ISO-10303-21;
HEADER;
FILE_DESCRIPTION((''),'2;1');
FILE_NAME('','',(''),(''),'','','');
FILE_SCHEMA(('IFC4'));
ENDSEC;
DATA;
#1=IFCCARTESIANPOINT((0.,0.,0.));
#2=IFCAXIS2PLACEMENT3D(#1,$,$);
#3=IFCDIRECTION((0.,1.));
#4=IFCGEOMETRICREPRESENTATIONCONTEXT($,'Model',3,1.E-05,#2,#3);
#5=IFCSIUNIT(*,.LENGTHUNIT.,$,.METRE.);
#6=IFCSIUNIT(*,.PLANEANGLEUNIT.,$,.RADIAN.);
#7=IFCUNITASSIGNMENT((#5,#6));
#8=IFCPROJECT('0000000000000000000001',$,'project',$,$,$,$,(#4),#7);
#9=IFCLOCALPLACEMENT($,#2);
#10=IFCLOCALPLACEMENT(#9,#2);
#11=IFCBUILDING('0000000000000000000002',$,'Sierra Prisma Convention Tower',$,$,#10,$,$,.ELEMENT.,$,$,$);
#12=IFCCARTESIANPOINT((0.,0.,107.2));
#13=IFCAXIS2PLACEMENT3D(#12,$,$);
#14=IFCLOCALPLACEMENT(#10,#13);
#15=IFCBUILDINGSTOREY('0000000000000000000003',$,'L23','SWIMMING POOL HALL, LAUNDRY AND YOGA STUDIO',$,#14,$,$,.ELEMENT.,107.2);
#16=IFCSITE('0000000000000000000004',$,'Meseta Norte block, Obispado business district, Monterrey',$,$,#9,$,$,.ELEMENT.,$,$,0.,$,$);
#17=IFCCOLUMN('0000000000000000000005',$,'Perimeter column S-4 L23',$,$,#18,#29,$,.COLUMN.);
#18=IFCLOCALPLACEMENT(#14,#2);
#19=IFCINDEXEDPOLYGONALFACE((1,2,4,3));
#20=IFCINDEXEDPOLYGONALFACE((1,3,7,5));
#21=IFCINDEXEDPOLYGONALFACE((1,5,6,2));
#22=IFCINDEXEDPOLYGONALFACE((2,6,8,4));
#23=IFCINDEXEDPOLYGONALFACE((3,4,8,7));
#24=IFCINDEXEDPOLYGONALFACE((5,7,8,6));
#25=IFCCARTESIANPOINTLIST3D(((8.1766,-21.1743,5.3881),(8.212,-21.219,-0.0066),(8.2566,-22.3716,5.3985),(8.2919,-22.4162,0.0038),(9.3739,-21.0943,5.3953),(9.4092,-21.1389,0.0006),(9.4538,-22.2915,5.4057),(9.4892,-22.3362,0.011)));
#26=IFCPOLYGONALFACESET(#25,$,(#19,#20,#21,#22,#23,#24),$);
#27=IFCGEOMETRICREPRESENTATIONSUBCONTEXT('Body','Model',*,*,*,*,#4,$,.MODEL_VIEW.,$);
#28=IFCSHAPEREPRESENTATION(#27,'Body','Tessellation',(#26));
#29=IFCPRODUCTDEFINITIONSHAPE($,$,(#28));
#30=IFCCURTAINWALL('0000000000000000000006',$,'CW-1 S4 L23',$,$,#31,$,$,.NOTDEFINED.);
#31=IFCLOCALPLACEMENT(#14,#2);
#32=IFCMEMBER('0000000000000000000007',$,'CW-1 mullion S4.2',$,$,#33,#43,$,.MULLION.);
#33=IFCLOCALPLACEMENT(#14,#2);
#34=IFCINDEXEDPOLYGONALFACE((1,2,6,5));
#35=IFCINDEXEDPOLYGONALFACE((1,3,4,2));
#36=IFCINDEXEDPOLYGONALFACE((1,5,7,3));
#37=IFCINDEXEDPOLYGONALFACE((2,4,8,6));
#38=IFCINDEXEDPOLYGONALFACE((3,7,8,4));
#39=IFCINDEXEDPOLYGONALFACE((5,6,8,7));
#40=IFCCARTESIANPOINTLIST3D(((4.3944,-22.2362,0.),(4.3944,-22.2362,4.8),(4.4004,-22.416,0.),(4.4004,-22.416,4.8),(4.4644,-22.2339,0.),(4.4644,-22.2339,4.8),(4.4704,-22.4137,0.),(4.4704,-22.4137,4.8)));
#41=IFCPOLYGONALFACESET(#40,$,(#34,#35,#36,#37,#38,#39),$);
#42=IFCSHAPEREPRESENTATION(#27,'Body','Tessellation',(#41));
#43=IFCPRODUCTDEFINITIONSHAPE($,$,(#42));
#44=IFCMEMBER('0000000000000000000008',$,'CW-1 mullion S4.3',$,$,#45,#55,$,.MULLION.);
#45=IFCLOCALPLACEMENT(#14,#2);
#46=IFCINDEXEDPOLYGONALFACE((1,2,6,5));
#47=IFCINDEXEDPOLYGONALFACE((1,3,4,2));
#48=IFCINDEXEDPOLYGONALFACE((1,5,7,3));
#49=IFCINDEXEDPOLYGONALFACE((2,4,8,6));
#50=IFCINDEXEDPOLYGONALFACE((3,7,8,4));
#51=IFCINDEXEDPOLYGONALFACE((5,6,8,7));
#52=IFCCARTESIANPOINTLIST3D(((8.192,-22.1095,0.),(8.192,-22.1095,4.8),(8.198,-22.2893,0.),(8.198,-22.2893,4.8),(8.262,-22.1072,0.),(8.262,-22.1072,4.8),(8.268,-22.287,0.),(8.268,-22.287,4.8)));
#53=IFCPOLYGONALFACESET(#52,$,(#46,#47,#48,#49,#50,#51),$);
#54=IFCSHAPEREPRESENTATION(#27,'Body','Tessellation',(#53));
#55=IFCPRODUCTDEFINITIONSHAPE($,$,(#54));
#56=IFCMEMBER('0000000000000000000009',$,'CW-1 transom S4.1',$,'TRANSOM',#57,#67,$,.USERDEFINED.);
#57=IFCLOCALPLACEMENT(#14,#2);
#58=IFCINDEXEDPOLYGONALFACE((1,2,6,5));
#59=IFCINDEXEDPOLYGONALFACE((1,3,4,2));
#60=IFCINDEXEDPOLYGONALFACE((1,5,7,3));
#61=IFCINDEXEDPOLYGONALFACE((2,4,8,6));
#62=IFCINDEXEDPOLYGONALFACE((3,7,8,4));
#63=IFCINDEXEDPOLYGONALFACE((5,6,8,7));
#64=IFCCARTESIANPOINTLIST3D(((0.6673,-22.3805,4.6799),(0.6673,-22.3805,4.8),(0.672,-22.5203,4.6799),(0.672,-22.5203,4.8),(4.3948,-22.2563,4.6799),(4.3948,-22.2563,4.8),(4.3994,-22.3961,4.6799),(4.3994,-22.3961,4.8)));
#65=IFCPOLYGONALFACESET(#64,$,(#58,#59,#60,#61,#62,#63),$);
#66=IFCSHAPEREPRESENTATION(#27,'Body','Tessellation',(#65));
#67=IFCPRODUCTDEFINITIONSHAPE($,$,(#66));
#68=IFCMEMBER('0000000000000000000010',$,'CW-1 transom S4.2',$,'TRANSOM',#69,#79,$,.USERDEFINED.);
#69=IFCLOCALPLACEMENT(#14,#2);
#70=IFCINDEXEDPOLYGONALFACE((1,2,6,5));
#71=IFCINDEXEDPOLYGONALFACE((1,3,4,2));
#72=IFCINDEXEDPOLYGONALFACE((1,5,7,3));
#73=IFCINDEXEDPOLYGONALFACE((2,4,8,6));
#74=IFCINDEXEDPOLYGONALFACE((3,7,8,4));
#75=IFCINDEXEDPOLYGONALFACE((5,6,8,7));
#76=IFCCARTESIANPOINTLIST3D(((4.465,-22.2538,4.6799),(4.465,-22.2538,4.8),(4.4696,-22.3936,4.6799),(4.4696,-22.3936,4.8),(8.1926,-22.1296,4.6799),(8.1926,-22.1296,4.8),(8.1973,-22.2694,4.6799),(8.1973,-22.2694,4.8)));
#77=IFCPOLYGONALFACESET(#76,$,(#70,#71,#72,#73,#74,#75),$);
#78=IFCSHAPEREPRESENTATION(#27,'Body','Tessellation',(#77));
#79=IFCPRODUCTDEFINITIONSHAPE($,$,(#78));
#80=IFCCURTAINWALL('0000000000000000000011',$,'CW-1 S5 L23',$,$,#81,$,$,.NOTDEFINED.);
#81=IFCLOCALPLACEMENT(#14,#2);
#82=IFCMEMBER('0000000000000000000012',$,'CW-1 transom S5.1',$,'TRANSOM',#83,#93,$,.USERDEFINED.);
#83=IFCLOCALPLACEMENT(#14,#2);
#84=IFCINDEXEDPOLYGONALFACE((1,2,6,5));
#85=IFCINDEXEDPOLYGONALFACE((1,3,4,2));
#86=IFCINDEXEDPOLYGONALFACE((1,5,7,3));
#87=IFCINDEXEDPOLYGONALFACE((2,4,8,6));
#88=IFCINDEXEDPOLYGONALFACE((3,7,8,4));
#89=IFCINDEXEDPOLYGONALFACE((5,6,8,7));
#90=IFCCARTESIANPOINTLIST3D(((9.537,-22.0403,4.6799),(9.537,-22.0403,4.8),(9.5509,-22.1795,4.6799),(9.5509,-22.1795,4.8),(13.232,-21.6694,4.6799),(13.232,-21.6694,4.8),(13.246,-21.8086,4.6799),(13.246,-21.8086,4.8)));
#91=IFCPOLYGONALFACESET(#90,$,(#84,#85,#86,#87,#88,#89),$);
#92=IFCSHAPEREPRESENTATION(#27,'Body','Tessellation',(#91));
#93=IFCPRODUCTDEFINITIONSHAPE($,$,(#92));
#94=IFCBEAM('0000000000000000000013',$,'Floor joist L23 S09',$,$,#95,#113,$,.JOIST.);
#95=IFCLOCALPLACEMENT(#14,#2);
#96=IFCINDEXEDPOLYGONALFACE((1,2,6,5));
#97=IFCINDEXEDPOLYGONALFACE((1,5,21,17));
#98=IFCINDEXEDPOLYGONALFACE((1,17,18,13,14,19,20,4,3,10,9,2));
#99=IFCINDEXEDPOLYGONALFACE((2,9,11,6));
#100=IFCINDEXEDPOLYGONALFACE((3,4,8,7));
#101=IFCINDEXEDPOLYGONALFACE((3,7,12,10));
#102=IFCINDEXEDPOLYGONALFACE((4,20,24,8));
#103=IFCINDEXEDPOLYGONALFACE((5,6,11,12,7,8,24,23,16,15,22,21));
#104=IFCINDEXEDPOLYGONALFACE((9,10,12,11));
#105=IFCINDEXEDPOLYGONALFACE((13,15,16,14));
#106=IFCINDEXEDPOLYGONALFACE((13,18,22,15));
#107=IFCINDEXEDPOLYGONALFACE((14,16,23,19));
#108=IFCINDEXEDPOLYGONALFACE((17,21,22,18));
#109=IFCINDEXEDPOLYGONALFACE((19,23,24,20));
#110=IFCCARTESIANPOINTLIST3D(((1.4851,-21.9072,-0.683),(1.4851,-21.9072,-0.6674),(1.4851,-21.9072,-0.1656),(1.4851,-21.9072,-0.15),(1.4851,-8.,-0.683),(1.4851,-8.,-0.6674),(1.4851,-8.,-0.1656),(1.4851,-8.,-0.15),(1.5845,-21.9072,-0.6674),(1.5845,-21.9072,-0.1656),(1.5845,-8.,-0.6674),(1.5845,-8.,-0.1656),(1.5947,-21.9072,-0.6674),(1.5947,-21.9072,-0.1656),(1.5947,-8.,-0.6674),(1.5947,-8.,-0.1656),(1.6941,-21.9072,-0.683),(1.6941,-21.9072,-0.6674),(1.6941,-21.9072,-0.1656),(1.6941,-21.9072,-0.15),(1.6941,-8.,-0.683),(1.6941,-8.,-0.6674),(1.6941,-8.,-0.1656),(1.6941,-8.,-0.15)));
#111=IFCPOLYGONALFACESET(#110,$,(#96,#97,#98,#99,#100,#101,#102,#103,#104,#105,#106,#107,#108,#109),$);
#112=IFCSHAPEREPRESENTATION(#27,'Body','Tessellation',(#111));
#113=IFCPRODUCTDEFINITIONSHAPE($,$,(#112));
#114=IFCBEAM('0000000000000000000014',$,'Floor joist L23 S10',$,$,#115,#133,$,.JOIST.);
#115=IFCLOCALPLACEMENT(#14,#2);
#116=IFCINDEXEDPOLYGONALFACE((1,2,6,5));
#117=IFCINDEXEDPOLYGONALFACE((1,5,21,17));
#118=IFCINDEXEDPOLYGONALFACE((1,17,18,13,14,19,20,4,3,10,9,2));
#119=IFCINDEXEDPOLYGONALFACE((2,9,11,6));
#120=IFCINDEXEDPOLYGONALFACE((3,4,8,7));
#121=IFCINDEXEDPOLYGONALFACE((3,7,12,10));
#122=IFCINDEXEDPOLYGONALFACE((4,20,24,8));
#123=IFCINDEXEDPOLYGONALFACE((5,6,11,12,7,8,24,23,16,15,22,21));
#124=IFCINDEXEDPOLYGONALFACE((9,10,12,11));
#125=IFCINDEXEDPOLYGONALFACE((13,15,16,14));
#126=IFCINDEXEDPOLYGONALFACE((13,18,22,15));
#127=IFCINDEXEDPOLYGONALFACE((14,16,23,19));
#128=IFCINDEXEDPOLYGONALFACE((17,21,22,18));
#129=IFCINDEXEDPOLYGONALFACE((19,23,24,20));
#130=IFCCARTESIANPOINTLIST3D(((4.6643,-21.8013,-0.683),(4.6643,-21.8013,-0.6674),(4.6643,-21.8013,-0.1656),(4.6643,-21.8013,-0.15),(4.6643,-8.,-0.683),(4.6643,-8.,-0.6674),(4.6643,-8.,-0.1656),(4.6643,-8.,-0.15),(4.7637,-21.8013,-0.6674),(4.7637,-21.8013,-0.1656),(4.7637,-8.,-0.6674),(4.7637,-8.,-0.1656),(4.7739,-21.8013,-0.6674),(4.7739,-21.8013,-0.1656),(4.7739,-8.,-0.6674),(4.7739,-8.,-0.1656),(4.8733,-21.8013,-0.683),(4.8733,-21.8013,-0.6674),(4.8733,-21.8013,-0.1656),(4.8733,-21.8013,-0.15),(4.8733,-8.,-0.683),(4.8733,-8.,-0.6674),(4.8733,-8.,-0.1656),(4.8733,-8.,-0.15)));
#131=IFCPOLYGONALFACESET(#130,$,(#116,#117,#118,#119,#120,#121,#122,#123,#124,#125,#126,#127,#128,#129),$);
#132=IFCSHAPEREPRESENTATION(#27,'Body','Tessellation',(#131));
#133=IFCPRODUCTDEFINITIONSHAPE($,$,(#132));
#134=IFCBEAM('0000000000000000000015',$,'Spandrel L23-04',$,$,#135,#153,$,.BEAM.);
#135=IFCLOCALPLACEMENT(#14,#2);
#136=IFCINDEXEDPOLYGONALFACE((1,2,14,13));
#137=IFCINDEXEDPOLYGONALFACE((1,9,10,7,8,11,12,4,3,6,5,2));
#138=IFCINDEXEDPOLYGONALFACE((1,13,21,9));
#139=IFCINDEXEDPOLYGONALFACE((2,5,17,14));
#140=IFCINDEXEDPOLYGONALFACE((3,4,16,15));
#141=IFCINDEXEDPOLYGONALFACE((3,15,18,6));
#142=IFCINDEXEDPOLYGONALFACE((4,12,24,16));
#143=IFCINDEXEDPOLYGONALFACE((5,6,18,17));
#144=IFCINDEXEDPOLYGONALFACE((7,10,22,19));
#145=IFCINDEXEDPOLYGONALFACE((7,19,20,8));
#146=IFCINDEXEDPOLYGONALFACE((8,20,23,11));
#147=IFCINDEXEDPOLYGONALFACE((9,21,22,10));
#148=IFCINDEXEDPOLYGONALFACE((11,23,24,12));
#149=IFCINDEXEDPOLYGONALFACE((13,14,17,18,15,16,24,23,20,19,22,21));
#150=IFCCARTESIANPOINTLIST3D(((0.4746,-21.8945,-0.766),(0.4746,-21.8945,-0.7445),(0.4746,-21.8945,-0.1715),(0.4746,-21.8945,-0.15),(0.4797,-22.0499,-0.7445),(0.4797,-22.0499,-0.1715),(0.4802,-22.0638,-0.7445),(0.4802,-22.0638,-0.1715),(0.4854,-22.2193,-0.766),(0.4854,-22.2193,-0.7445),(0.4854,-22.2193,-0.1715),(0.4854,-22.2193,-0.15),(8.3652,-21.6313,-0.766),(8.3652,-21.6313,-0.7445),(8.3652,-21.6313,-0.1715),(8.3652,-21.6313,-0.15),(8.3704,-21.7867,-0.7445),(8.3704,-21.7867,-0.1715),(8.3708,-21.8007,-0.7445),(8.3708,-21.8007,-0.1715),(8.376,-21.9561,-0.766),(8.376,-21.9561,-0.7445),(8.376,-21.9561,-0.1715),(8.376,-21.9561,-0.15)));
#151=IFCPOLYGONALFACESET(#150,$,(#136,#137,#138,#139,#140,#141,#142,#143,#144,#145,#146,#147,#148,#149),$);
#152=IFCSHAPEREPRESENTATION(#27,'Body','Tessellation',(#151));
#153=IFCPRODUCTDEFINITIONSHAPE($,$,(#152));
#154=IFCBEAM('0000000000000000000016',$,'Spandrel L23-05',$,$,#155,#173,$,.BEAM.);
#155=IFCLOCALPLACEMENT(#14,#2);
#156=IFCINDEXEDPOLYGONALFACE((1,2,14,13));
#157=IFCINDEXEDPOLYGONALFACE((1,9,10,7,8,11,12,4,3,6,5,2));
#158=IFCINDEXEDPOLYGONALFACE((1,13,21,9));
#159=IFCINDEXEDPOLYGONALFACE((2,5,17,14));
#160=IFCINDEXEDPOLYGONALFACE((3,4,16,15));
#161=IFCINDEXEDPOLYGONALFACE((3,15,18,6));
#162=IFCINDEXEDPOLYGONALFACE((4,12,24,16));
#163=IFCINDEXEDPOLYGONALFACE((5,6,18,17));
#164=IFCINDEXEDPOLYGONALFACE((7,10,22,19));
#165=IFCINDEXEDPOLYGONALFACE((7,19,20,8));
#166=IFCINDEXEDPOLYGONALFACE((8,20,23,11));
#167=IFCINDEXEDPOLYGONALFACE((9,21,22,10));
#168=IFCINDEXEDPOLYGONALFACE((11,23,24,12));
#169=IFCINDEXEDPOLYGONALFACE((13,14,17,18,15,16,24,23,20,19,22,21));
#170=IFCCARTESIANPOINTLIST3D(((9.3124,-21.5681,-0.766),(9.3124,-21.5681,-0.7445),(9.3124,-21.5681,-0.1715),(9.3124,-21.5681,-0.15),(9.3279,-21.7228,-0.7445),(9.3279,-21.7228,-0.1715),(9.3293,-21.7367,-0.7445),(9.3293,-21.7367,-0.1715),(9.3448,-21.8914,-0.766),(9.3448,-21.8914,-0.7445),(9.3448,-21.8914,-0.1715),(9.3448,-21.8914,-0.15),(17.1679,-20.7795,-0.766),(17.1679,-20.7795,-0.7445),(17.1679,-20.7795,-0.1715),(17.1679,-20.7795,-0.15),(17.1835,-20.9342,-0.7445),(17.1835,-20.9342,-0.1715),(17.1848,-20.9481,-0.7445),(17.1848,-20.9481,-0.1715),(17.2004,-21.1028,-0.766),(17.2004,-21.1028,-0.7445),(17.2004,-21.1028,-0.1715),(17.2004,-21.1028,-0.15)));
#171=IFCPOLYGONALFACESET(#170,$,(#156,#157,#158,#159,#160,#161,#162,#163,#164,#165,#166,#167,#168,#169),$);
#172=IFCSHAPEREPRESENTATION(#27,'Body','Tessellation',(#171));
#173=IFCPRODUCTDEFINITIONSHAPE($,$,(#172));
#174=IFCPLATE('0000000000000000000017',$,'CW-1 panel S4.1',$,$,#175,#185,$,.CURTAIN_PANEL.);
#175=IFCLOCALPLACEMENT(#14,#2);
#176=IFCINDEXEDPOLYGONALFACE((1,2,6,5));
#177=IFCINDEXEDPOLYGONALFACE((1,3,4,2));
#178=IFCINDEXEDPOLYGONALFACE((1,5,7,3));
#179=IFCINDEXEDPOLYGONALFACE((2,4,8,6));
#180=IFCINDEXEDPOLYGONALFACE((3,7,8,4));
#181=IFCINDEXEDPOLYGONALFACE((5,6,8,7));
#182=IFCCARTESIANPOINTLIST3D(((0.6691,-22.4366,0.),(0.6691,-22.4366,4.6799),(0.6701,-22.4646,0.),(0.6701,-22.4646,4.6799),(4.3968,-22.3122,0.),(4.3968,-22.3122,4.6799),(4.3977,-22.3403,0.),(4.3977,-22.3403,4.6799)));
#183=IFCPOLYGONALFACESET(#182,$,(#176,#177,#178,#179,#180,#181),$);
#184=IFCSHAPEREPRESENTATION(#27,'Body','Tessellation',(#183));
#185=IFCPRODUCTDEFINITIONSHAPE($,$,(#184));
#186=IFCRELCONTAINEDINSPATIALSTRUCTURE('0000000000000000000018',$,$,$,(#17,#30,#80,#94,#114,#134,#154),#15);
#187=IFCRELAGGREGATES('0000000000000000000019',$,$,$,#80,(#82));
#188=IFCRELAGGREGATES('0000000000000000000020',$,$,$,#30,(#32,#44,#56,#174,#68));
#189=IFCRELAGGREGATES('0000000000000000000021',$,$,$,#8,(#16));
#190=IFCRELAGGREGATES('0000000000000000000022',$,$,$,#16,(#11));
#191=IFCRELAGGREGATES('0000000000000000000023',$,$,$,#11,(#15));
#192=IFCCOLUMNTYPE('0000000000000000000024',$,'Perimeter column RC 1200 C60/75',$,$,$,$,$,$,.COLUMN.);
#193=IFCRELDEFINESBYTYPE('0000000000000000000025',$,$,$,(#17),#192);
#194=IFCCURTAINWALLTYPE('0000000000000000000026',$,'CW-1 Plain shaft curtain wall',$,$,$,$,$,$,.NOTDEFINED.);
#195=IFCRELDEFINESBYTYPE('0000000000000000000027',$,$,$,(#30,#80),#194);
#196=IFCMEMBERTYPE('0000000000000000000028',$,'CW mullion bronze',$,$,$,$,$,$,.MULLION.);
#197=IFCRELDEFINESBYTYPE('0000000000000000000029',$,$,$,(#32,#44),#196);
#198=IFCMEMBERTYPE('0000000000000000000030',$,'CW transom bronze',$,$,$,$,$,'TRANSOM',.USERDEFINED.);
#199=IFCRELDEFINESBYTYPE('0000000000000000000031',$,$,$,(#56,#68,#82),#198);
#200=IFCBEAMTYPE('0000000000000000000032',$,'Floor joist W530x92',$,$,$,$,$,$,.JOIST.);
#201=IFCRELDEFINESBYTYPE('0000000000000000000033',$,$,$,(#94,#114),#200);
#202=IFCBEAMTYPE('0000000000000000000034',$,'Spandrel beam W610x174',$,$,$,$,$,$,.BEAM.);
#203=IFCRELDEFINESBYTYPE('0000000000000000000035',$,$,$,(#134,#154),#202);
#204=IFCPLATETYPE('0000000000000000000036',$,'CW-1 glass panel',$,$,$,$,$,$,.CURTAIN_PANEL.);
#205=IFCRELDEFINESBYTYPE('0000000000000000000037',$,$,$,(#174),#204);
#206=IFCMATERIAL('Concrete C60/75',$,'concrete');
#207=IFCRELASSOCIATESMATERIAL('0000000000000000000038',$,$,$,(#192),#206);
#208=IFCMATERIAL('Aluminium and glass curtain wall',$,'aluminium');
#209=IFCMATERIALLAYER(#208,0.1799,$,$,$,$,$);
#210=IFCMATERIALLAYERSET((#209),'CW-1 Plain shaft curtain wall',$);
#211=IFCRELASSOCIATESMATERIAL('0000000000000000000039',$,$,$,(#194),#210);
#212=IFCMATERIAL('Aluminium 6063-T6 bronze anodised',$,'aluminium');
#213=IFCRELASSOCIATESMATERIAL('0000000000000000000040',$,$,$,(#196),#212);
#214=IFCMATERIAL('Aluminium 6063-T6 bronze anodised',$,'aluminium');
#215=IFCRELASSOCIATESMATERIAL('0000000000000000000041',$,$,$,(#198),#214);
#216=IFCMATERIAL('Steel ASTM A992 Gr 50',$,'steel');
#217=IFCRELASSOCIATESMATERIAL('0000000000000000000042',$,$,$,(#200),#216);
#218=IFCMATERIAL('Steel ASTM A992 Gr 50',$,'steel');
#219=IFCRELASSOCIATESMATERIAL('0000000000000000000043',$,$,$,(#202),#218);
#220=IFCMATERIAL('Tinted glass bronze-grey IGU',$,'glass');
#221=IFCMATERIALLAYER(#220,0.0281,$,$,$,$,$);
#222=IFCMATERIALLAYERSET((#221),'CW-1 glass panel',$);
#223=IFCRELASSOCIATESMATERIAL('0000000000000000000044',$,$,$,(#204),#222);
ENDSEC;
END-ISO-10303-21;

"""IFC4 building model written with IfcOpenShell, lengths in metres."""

from ifc_helpers import new_model, si_unit, direction, frame, origin, origin_2d, place, context, subcontext, project, spatial, rectangle, i_section, extrude, clip, halfspace, material, layer, layer_set, material_profile, profile_set, type_object, element, aggregate, save


model = new_model("IFC4")

# Units and contexts
model_context = context("Model", 3, precision=1e-05, world=origin(), true_north=direction((0.0, 1.0)))
body_context = subcontext(model_context, "Body", "Model", "MODEL_VIEW")
ifc_project = project(units=[si_unit("LENGTHUNIT", "METRE"), si_unit("PLANEANGLEUNIT", "RADIAN")], contexts=[model_context])

# Site, building, storey
site_placement = place(None, origin())
site = spatial("IfcSite", under=ifc_project, at=site_placement, Name="Meseta Norte block, Obispado business district, Monterrey", CompositionType="ELEMENT", RefElevation=0.0)
building_placement = place(site_placement, origin())
building = spatial("IfcBuilding", under=site, at=building_placement, Name="Sierra Prisma Convention Tower", CompositionType="ELEMENT")
storey_placement = place(building_placement, frame((0.0, 0.0, 107.2)))
storey = spatial("IfcBuildingStorey", under=building, at=storey_placement, Name="L23", Description="SWIMMING POOL HALL, LAUNDRY AND YOGA STUDIO", CompositionType="ELEMENT", Elevation=107.2)

# Column
ifc_material_1 = material(Name="Concrete C60/75", Category="concrete")
ifc_material_profile_1 = material_profile(ifc_material_1, rectangle(XDim=1.2, YDim=1.2, at=origin_2d()), Name="Perimeter column RC 1200 C60/75")
ifc_profile_set_1 = profile_set([ifc_material_profile_1], Name="Concrete C60/75")
column_type = type_object("IfcColumnType", Name="Perimeter column RC 1200 C60/75", PredefinedType="COLUMN", material=ifc_profile_set_1)
column_placement = place(storey_placement, frame((8.8506, -21.7776, 0.0), z_axis=(-0.006555, 0.008273, 0.999944), x_axis=(0.997755, 0.066697, 0.005989)))
element("IfcColumn", 1, at=column_placement, inside=storey, type_object=column_type, Name="Perimeter column S-4 L23", PredefinedType="COLUMN", context=body_context, shape_type="SweptSolid", body=[
    clip(clip(extrude(rectangle(XDim=1.2, YDim=1.2, at=origin_2d()), origin(), (0.0, 0.0, 1.0), 5.4004), halfspace(frame((0.0, 0.0, 0.0022)), True)), halfspace(frame((0.0, 0.0, 5.3972)), False)),
])

# Curtain wall, members
ifc_material_2 = material(Name="Aluminium and glass curtain wall", Category="aluminium")
ifc_layer_1 = layer(ifc_material_2, 0.1799)
ifc_layer_set_1 = layer_set([ifc_layer_1], Name="CW-1 Plain shaft curtain wall")
curtain_wall_type = type_object("IfcCurtainWallType", Name="CW-1 Plain shaft curtain wall", PredefinedType="NOTDEFINED", material=ifc_layer_set_1)
curtain_wall_1_placement = place(storey_placement, origin())
curtain_wall_1 = element("IfcCurtainWall", 2, at=curtain_wall_1_placement, inside=storey, type_object=curtain_wall_type, Name="CW-1 S4 L23", PredefinedType="NOTDEFINED")
ifc_material_3 = material(Name="Aluminium 6063-T6 bronze anodised", Category="aluminium")
ifc_material_profile_2 = material_profile(ifc_material_3, rectangle(XDim=0.1799, YDim=0.0701, at=origin_2d()), Name="ALU MULLION 70x180")
ifc_profile_set_2 = profile_set([ifc_material_profile_2], Name="Aluminium 6063-T6 bronze anodised")
member_type_1 = type_object("IfcMemberType", Name="CW mullion bronze", PredefinedType="MULLION", material=ifc_profile_set_2)
member_1_placement = place(storey_placement, frame((4.4324, -22.325, 0.0), z_axis=(0.0, 0.0, 1.0), x_axis=(-0.033341, 0.999444, 0.0)))
member_1 = element("IfcMember", 3, at=member_1_placement, type_object=member_type_1, Name="CW-1 mullion S4.2", PredefinedType="MULLION", context=body_context, shape_type="SweptSolid", body=[
    extrude(rectangle(XDim=0.1799, YDim=0.0701, at=origin_2d()), origin(), (0.0, 0.0, 1.0), 4.8),
])
member_2_placement = place(storey_placement, frame((8.23, -22.1982, 0.0), z_axis=(0.0, 0.0, 1.0), x_axis=(-0.033341, 0.999444, 0.0)))
member_2 = element("IfcMember", 4, at=member_2_placement, type_object=member_type_1, Name="CW-1 mullion S4.3", PredefinedType="MULLION", context=body_context, shape_type="SweptSolid", body=[
    extrude(rectangle(XDim=0.1799, YDim=0.0701, at=origin_2d()), origin(), (0.0, 0.0, 1.0), 4.8),
])
ifc_material_4 = material(Name="Aluminium 6063-T6 bronze anodised", Category="aluminium")
ifc_material_profile_3 = material_profile(ifc_material_4, rectangle(XDim=0.1399, YDim=0.1201, at=origin_2d()), Name="ALU TRANSOM 120x140")
ifc_profile_set_3 = profile_set([ifc_material_profile_3], Name="Aluminium 6063-T6 bronze anodised")
member_type_2 = type_object("IfcMemberType", Name="CW transom bronze", ElementType="TRANSOM", PredefinedType="USERDEFINED", material=ifc_profile_set_3)
member_3_placement = place(storey_placement, frame((0.6697, -22.4504, 4.74), z_axis=(0.999445, 0.033319, 0.0), x_axis=(-0.033319, 0.999445, 0.0)))
member_3 = element("IfcMember", 5, at=member_3_placement, type_object=member_type_2, Name="CW-1 transom S4.1", ObjectType="TRANSOM", PredefinedType="USERDEFINED", context=body_context, shape_type="SweptSolid", body=[
    extrude(rectangle(XDim=0.1399, YDim=0.1201, at=origin_2d()), origin(), (0.0, 0.0, 1.0), 3.7295),
])
member_4_placement = place(storey_placement, frame((4.4673, -22.3237, 4.74), z_axis=(0.999445, 0.033317, 0.0), x_axis=(-0.033317, 0.999445, 0.0)))
member_4 = element("IfcMember", 6, at=member_4_placement, type_object=member_type_2, Name="CW-1 transom S4.2", ObjectType="TRANSOM", PredefinedType="USERDEFINED", context=body_context, shape_type="SweptSolid", body=[
    extrude(rectangle(XDim=0.1399, YDim=0.1201, at=origin_2d()), origin(), (0.0, 0.0, 1.0), 3.7297),
])

# Curtain wall, member
curtain_wall_2_placement = place(storey_placement, origin())
curtain_wall_2 = element("IfcCurtainWall", 7, at=curtain_wall_2_placement, inside=storey, type_object=curtain_wall_type, Name="CW-1 S5 L23", PredefinedType="NOTDEFINED")
member_5_placement = place(storey_placement, frame((9.5439, -22.1099, 4.74), z_axis=(0.995001, 0.099862, 0.0), x_axis=(-0.099862, 0.995001, 0.0)))
member_5 = element("IfcMember", 8, at=member_5_placement, type_object=member_type_2, Name="CW-1 transom S5.1", ObjectType="TRANSOM", PredefinedType="USERDEFINED", context=body_context, shape_type="SweptSolid", body=[
    extrude(rectangle(XDim=0.1399, YDim=0.1201, at=origin_2d()), origin(), (0.0, 0.0, 1.0), 3.7136),
])
aggregate(curtain_wall_2, [member_5])

# Beams
ifc_material_5 = material(Name="Steel ASTM A992 Gr 50", Category="steel")
ifc_material_profile_4 = material_profile(ifc_material_5, i_section(OverallWidth=0.209, OverallDepth=0.533, WebThickness=0.0103, FlangeThickness=0.0156, at=origin_2d()), Name="W530x92")
ifc_profile_set_4 = profile_set([ifc_material_profile_4], Name="Steel ASTM A992 Gr 50")
beam_type_1 = type_object("IfcBeamType", Name="Floor joist W530x92", PredefinedType="JOIST", material=ifc_profile_set_4)
beam_1_placement = place(storey_placement, frame((1.5896, -21.9072, -0.4165), z_axis=(0.0, 1.0, 0.0), x_axis=(-1.0, 0.0, 0.0)))
element("IfcBeam", 9, at=beam_1_placement, inside=storey, type_object=beam_type_1, Name="Floor joist L23 S09", PredefinedType="JOIST", context=body_context, shape_type="SweptSolid", body=[
    extrude(i_section(OverallWidth=0.209, OverallDepth=0.533, WebThickness=0.0103, FlangeThickness=0.0156, at=origin_2d()), origin(), (0.0, 0.0, 1.0), 13.9072),
])
beam_2_placement = place(storey_placement, frame((4.7688, -21.8013, -0.4165), z_axis=(0.0, 1.0, 0.0), x_axis=(-1.0, 0.0, 0.0)))
element("IfcBeam", 10, at=beam_2_placement, inside=storey, type_object=beam_type_1, Name="Floor joist L23 S10", PredefinedType="JOIST", context=body_context, shape_type="SweptSolid", body=[
    extrude(i_section(OverallWidth=0.209, OverallDepth=0.533, WebThickness=0.0103, FlangeThickness=0.0156, at=origin_2d()), origin(), (0.0, 0.0, 1.0), 13.8013),
])
ifc_material_6 = material(Name="Steel ASTM A992 Gr 50", Category="steel")
ifc_material_profile_5 = material_profile(ifc_material_6, i_section(OverallWidth=0.325, OverallDepth=0.616, WebThickness=0.0139, FlangeThickness=0.0215, at=origin_2d()), Name="W610x174")
ifc_profile_set_5 = profile_set([ifc_material_profile_5], Name="Steel ASTM A992 Gr 50")
beam_type_2 = type_object("IfcBeamType", Name="Spandrel beam W610x174", PredefinedType="BEAM", material=ifc_profile_set_5)
for number, where, z_axis, x_axis, name in (
    (11, (0.48, -22.0569, -0.458), (0.999444, 0.033335, 0.0), (-0.033335, 0.999444, 0.0), "Spandrel L23-04"),
    (12, (9.3286, -21.7297, -0.458), (0.994999, 0.099883, 0.0), (-0.099883, 0.994999, 0.0), "Spandrel L23-05"),
):
    element("IfcBeam", number, at=place(storey_placement, frame(where, z_axis=z_axis, x_axis=x_axis)), inside=storey, type_object=beam_type_2, Name=name, PredefinedType="BEAM", context=body_context, shape_type="SweptSolid", body=[
        extrude(i_section(OverallWidth=0.325, OverallDepth=0.616, WebThickness=0.0139, FlangeThickness=0.0215, at=origin_2d()), origin(), (0.0, 0.0, 1.0), 7.895),
    ])

# Plate
ifc_material_7 = material(Name="Tinted glass bronze-grey IGU", Category="glass")
ifc_layer_2 = layer(ifc_material_7, 0.0281)
ifc_layer_set_2 = layer_set([ifc_layer_2], Name="CW-1 glass panel")
plate_type = type_object("IfcPlateType", Name="CW-1 glass panel", PredefinedType="CURTAIN_PANEL", material=ifc_layer_set_2)
plate_1_placement = place(storey_placement, frame((2.5334, -22.3884, 0.0), z_axis=(0.0, 0.0, 1.0), x_axis=(0.999444, 0.033341, 0.0)))
plate_1 = element("IfcPlate", 13, at=plate_1_placement, type_object=plate_type, Name="CW-1 panel S4.1", PredefinedType="CURTAIN_PANEL", context=body_context, shape_type="SweptSolid", body=[
    extrude(rectangle(XDim=3.7297, YDim=0.0281, at=origin_2d()), origin(), (0.0, 0.0, 1.0), 4.6799),
])
aggregate(curtain_wall_1, [member_1, member_2, member_3, plate_1, member_4])

save(model, "model.ifc")
